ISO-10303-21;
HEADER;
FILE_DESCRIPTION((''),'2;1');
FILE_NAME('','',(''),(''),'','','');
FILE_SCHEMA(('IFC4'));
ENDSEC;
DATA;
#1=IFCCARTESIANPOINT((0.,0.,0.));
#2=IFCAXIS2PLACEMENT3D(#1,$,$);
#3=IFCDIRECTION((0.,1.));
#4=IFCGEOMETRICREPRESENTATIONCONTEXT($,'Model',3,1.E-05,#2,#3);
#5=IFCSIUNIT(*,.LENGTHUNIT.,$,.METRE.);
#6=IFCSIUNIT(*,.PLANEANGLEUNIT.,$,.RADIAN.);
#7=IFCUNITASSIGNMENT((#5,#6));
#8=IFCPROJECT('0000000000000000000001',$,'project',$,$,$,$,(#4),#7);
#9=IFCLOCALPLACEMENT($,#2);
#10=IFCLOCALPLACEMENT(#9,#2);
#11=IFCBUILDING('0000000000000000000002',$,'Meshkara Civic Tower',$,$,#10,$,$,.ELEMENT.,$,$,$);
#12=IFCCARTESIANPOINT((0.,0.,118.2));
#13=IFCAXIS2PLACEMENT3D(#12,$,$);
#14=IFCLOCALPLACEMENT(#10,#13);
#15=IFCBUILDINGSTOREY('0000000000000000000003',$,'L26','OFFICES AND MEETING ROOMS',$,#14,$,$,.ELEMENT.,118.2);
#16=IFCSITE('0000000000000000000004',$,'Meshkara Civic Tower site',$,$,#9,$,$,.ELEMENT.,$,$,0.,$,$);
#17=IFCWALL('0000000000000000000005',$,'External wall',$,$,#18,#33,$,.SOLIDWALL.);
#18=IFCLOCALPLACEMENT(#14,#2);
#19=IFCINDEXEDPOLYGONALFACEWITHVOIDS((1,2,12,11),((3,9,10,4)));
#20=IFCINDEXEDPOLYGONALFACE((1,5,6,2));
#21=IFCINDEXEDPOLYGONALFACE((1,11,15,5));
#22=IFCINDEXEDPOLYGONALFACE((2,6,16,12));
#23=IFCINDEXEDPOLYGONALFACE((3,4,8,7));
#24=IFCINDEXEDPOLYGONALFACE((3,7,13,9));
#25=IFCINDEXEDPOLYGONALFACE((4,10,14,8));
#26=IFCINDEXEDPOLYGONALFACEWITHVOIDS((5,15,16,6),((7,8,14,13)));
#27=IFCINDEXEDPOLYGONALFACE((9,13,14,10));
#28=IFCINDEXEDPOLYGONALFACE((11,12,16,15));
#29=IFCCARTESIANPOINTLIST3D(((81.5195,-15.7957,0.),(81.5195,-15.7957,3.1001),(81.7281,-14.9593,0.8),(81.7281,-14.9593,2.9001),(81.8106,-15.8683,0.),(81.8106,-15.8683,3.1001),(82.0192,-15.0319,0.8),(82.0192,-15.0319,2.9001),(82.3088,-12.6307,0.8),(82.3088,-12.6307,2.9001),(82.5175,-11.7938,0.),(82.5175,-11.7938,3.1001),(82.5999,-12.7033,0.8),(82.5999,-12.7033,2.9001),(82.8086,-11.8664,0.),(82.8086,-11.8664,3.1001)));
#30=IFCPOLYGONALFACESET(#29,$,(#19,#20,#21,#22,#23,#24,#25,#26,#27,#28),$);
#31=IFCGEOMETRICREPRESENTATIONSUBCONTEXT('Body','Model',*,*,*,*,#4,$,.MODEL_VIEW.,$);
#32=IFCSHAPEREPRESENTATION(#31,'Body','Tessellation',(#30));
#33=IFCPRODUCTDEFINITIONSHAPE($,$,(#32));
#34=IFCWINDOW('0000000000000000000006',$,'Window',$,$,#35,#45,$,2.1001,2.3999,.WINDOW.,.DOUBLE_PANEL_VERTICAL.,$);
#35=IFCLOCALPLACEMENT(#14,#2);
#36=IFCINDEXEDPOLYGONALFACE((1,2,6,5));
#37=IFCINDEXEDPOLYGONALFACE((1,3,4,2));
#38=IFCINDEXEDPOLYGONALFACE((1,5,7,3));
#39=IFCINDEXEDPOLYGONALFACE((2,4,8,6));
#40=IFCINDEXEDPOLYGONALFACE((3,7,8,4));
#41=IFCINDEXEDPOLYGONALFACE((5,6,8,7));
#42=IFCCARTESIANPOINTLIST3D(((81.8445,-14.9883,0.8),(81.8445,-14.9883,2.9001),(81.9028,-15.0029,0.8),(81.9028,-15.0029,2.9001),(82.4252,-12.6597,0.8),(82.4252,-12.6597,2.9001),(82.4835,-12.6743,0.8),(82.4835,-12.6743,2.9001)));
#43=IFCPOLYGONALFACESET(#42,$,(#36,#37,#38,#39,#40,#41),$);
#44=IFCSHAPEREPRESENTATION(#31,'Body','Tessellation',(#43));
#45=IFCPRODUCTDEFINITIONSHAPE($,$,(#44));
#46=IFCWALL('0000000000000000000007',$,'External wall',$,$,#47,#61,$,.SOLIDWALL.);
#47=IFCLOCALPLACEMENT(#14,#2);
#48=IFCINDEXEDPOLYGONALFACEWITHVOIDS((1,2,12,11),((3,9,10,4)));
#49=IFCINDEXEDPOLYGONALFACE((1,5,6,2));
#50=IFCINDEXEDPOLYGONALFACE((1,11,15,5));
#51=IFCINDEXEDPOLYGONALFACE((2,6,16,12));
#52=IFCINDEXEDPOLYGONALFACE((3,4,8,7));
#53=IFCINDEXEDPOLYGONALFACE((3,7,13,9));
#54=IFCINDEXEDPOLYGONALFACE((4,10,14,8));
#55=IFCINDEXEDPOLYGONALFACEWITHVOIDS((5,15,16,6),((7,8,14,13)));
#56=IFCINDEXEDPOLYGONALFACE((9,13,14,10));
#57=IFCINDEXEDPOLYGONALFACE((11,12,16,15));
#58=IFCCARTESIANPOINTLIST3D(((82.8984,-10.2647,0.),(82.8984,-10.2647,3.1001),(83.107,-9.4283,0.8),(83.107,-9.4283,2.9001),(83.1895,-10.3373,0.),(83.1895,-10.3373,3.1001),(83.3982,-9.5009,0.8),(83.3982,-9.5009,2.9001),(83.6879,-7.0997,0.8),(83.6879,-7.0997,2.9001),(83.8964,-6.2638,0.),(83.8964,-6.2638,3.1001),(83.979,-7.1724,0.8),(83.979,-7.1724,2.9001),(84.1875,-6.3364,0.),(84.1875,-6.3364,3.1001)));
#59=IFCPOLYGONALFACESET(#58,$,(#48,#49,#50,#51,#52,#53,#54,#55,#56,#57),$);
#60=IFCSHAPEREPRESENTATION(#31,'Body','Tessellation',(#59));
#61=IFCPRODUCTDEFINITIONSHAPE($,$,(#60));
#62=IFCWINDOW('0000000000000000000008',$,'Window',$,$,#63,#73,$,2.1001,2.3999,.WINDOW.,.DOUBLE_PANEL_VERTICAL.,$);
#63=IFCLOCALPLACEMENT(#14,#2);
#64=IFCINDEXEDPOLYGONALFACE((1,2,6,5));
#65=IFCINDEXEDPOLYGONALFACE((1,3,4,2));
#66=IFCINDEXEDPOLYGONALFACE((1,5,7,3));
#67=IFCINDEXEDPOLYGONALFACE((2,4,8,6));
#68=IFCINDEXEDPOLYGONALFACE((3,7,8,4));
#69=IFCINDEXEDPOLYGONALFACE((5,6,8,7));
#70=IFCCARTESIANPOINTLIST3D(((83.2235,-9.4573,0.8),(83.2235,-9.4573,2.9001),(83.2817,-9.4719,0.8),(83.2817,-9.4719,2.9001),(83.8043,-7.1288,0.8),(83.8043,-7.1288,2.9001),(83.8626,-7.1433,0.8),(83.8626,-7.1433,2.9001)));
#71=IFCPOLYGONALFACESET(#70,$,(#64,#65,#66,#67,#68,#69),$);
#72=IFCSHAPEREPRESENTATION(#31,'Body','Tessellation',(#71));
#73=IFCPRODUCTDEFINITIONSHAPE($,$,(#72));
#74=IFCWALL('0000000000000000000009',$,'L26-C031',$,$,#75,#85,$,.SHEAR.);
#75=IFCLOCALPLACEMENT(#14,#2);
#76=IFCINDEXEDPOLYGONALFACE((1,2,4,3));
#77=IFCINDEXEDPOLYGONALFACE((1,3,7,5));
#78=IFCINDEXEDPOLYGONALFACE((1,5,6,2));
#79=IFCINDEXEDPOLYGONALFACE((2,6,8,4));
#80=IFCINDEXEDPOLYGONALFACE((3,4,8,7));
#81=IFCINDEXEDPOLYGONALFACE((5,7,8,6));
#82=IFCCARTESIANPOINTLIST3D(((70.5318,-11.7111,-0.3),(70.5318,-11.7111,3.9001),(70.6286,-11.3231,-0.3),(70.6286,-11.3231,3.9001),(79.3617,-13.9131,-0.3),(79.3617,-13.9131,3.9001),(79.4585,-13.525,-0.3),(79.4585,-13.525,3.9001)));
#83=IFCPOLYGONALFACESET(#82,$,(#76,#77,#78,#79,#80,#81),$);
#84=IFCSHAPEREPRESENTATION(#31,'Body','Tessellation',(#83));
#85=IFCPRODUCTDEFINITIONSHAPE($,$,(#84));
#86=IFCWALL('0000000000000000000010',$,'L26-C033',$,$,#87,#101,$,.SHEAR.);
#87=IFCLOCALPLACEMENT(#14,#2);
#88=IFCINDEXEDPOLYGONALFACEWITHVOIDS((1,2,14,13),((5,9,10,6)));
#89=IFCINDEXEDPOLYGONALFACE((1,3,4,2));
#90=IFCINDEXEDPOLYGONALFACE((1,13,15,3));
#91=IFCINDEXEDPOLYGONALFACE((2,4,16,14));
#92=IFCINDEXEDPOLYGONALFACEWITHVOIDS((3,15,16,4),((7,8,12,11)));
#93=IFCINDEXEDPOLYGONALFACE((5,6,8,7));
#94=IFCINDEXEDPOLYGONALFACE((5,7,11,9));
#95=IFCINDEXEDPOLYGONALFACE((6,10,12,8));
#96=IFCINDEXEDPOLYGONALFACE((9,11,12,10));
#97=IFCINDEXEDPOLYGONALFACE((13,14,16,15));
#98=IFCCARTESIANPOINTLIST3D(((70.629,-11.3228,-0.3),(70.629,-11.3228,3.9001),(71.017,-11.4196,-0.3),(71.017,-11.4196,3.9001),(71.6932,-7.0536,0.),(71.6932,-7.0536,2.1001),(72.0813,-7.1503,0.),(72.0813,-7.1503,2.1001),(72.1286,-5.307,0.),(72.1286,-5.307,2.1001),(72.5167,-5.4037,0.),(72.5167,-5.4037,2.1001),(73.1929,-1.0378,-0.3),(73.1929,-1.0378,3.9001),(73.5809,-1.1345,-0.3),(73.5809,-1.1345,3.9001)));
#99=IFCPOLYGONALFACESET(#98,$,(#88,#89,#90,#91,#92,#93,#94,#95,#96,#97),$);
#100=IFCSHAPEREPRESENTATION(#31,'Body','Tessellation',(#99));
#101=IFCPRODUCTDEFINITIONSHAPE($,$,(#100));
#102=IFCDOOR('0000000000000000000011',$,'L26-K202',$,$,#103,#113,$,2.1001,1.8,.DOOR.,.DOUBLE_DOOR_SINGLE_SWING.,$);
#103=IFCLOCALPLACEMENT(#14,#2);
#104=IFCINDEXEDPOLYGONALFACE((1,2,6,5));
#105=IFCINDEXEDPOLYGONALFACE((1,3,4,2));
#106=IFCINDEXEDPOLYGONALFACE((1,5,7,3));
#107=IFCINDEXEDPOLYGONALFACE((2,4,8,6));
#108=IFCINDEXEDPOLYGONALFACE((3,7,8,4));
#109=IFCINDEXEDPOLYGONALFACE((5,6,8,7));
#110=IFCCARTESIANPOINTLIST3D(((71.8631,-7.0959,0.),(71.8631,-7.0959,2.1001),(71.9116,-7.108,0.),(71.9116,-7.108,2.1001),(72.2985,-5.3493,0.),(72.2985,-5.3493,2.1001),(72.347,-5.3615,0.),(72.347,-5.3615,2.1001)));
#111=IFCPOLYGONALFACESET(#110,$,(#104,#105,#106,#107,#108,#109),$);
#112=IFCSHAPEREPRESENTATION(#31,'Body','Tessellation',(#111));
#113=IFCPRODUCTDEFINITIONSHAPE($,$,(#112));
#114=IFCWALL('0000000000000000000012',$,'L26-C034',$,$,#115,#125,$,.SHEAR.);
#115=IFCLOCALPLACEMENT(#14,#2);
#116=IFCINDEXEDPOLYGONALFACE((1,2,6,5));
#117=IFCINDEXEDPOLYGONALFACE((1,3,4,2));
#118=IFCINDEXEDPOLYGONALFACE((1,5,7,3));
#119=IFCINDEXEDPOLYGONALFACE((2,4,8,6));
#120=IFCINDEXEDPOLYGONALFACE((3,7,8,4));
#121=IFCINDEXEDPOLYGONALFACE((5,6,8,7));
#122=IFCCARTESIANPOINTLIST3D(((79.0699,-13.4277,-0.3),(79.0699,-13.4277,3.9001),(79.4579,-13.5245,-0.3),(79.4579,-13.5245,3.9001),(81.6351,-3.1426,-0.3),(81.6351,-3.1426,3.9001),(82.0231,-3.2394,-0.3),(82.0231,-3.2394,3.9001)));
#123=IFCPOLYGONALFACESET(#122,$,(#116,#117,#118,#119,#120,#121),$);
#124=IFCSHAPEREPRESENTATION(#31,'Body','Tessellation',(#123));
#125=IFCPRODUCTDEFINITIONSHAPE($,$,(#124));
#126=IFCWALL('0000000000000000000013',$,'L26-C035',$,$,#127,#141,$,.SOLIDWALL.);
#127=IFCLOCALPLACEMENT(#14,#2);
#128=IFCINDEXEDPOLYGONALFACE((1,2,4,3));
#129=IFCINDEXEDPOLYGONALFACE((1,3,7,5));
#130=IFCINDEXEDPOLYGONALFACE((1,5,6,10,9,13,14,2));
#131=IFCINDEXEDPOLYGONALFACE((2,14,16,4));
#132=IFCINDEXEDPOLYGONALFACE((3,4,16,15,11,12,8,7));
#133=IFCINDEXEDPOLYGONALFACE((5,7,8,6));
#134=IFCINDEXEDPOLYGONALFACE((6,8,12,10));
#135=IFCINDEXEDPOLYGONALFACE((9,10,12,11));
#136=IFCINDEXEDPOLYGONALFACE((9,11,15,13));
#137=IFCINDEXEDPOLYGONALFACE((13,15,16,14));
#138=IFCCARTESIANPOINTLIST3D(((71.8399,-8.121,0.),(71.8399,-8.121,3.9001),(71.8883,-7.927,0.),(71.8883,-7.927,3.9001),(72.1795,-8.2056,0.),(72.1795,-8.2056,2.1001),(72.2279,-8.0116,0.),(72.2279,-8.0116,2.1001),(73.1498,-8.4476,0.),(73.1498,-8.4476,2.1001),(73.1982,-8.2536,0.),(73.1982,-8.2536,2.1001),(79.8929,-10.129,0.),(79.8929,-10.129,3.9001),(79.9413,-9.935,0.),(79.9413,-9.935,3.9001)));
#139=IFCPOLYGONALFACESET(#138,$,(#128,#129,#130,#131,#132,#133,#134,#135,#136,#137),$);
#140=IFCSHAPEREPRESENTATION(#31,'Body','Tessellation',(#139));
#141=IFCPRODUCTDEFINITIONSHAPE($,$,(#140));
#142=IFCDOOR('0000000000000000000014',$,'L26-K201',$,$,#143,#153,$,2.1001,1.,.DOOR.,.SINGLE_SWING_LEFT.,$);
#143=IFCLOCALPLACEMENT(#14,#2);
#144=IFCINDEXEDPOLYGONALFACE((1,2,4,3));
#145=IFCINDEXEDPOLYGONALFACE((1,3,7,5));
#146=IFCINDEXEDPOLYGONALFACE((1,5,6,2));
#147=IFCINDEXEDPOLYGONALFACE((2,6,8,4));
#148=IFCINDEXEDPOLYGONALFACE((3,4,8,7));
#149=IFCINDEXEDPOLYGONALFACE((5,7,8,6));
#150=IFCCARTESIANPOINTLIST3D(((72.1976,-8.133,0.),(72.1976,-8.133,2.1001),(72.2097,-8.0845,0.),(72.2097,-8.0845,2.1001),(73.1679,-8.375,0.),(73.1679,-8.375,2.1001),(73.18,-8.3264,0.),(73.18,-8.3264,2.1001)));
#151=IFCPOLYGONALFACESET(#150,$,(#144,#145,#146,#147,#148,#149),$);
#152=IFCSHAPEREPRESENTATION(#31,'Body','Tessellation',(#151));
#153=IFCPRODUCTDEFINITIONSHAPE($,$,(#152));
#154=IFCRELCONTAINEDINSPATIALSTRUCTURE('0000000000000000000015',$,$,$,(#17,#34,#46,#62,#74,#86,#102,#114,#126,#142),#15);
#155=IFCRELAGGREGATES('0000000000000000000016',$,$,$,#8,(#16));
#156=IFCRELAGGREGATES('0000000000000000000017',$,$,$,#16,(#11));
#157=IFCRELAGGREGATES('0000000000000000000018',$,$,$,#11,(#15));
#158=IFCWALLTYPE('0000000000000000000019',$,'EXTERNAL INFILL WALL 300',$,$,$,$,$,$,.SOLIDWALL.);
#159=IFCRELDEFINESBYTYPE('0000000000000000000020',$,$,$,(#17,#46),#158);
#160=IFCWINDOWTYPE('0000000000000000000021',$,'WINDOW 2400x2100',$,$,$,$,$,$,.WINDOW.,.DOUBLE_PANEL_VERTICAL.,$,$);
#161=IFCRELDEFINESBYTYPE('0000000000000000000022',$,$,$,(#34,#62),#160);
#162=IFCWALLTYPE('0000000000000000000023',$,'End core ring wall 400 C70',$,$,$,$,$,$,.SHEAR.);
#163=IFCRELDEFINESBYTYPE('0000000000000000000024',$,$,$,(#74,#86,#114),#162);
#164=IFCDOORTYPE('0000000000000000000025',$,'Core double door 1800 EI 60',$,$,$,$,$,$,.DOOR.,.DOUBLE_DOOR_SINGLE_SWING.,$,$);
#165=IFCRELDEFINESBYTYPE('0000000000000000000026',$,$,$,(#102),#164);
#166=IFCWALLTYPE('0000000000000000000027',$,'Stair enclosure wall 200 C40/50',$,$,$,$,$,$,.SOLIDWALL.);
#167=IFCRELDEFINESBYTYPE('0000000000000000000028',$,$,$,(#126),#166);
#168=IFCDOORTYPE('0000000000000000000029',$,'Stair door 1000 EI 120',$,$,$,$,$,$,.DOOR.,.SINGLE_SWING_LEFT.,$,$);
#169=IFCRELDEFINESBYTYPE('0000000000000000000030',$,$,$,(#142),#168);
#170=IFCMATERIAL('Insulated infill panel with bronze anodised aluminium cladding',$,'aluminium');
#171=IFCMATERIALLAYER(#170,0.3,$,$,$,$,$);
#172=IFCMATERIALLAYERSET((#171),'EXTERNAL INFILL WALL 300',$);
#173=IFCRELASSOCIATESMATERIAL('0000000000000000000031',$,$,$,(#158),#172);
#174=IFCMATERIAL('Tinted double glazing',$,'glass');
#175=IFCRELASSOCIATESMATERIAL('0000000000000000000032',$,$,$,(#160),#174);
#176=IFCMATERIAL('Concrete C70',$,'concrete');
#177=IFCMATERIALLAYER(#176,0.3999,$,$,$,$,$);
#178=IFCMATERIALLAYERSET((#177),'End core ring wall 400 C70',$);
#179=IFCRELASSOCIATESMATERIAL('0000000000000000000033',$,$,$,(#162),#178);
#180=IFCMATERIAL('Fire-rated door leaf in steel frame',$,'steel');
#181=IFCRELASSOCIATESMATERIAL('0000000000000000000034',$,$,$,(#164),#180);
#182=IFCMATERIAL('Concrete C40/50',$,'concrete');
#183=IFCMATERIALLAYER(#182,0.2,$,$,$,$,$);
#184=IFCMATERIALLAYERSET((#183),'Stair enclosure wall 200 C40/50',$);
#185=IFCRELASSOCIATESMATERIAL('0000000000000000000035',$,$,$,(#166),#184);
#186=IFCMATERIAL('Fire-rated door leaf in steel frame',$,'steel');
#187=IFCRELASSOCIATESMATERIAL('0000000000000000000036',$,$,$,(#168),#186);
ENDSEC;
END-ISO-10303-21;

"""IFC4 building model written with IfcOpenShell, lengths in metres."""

from ifc_helpers import new_model, si_unit, direction, frame, frame_2d, origin, place, context, subcontext, project, spatial, rectangle, extrude, material, layer, layer_set, type_object, element, fill, save


model = new_model("IFC4")

# Units and contexts
model_context = context("Model", 3, precision=1e-05, world=origin(), true_north=direction((0.0, 1.0)))
body_context = subcontext(model_context, "Body", "Model", "MODEL_VIEW")
ifc_project = project(units=[si_unit("LENGTHUNIT", "METRE"), si_unit("PLANEANGLEUNIT", "RADIAN")], contexts=[model_context])

# Site, building, storey
site_placement = place(None, origin())
site = spatial("IfcSite", under=ifc_project, at=site_placement, Name="Meshkara Civic Tower site", CompositionType="ELEMENT", RefElevation=0.0)
building_placement = place(site_placement, origin())
building = spatial("IfcBuilding", under=site, at=building_placement, Name="Meshkara Civic Tower", CompositionType="ELEMENT")
storey_placement = place(building_placement, frame((0.0, 0.0, 118.2)))
storey = spatial("IfcBuildingStorey", under=building, at=storey_placement, Name="L26", Description="OFFICES AND MEETING ROOMS", CompositionType="ELEMENT", Elevation=118.2)

# Walls, openings, windows
ifc_material_1 = material(Name="Insulated infill panel with bronze anodised aluminium cladding", Category="aluminium")
ifc_layer_1 = layer(ifc_material_1, 0.3)
ifc_layer_set_1 = layer_set([ifc_layer_1], Name="EXTERNAL INFILL WALL 300")
wall_type_1 = type_object("IfcWallType", Name="EXTERNAL INFILL WALL 300", PredefinedType="SOLIDWALL", material=ifc_layer_set_1)
ifc_material_2 = material(Name="Tinted double glazing", Category="glass")
window_type_1 = type_object("IfcWindowType", Name="WINDOW 2400x2100", PartitioningType="DOUBLE_PANEL_VERTICAL", PredefinedType="WINDOW", material=ifc_material_2)
wall_1_placement = place(storey_placement, frame((81.665, -15.832, 0.0), z_axis=(0.0, 0.0, 1.0), x_axis=(0.241978, 0.970282, 0.0)))
wall_1 = element("IfcWall", 1, at=wall_1_placement, inside=storey, type_object=wall_type_1, Name="External wall", PredefinedType="SOLIDWALL", context=body_context, shape_type="SweptSolid", body=[
    extrude(rectangle(XDim=4.1245, YDim=0.3, at=frame_2d((2.0623, 0.0))), origin(), (0.0, 0.0, 1.0), 3.1001),
])
opening_1_placement = place(wall_1_placement, frame((0.8621, 0.0, 0.8)))
opening_1 = element("IfcOpeningElement", 2, at=opening_1_placement, cuts=wall_1, PredefinedType="OPENING", context=body_context, shape_type="SweptSolid", body=[
    extrude(rectangle(XDim=2.3999, YDim=2.1001, at=frame_2d((1.2, 1.05))), frame((0.0, 0.1599, 0.0), z_axis=(0.0, -1.0, 0.0), x_axis=(1.0, 0.0, 0.0)), (0.0, 0.0, 1.0), 0.3201),
])
window_1_placement = place(opening_1_placement, origin())
window_1 = element("IfcWindow", 3, at=window_1_placement, inside=storey, type_object=window_type_1, Name="Window", OverallHeight=2.1001, OverallWidth=2.3999, PartitioningType="DOUBLE_PANEL_VERTICAL", PredefinedType="WINDOW", context=body_context, shape_type="SweptSolid", body=[
    extrude(rectangle(XDim=2.3999, YDim=2.1001, at=frame_2d((1.2, 1.05))), frame((0.0, 0.03, 0.0), z_axis=(0.0, -1.0, 0.0), x_axis=(1.0, 0.0, 0.0)), (0.0, 0.0, 1.0), 0.0601),
])
fill(opening_1, window_1)
wall_2_placement = place(storey_placement, frame((83.0439, -10.301, 0.0), z_axis=(0.0, 0.0, 1.0), x_axis=(0.242034, 0.970268, 0.0)))
wall_2 = element("IfcWall", 4, at=wall_2_placement, inside=storey, type_object=wall_type_1, Name="External wall", PredefinedType="SOLIDWALL", context=body_context, shape_type="SweptSolid", body=[
    extrude(rectangle(XDim=4.1235, YDim=0.3, at=frame_2d((2.0618, 0.0))), origin(), (0.0, 0.0, 1.0), 3.1001),
])
opening_2_placement = place(wall_2_placement, frame((0.8621, 0.0, 0.8)))
opening_2 = element("IfcOpeningElement", 5, at=opening_2_placement, cuts=wall_2, PredefinedType="OPENING", context=body_context, shape_type="SweptSolid", body=[
    extrude(rectangle(XDim=2.3999, YDim=2.1001, at=frame_2d((1.2, 1.05))), frame((0.0, 0.1599, 0.0), z_axis=(0.0, -1.0, 0.0), x_axis=(1.0, 0.0, 0.0)), (0.0, 0.0, 1.0), 0.3201),
])
window_2_placement = place(opening_2_placement, origin())
window_2 = element("IfcWindow", 6, at=window_2_placement, inside=storey, type_object=window_type_1, Name="Window", OverallHeight=2.1001, OverallWidth=2.3999, PartitioningType="DOUBLE_PANEL_VERTICAL", PredefinedType="WINDOW", context=body_context, shape_type="SweptSolid", body=[
    extrude(rectangle(XDim=2.3999, YDim=2.1001, at=frame_2d((1.2, 1.05))), frame((0.0, 0.03, 0.0), z_axis=(0.0, -1.0, 0.0), x_axis=(1.0, 0.0, 0.0)), (0.0, 0.0, 1.0), 0.0601),
])
fill(opening_2, window_2)

# Wall
ifc_material_3 = material(Name="Concrete C70", Category="concrete")
ifc_layer_2 = layer(ifc_material_3, 0.3999)
ifc_layer_set_2 = layer_set([ifc_layer_2], Name="End core ring wall 400 C70")
wall_type_2 = type_object("IfcWallType", Name="End core ring wall 400 C70", PredefinedType="SHEAR", material=ifc_layer_set_2)
wall_3_placement = place(storey_placement, frame((70.5801, -11.5171, -0.3), z_axis=(0.0, 0.0, 1.0), x_axis=(0.970286, -0.241961, 0.0)))
element("IfcWall", 7, at=wall_3_placement, inside=storey, type_object=wall_type_2, Name="L26-C031", PredefinedType="SHEAR", context=body_context, shape_type="SweptSolid", body=[
    extrude(rectangle(XDim=9.1003, YDim=0.3999, at=frame_2d((4.5503, 0.0))), origin(), (0.0, 0.0, 1.0), 4.2002),
])

# Wall, opening, door
wall_4_placement = place(storey_placement, frame((70.823, -11.3711, -0.3), z_axis=(0.0, 0.0, 1.0), x_axis=(0.241885, 0.970305, 0.0)))
wall_4 = element("IfcWall", 8, at=wall_4_placement, inside=storey, type_object=wall_type_2, Name="L26-C033", PredefinedType="SHEAR", context=body_context, shape_type="SweptSolid", body=[
    extrude(rectangle(XDim=10.5999, YDim=0.3999, at=frame_2d((5.2998, 0.0))), origin(), (0.0, 0.0, 1.0), 4.2002),
])
opening_3_placement = place(wall_4_placement, frame((4.3999, 0.0, 0.3)))
opening_3 = element("IfcOpeningElement", 9, at=opening_3_placement, cuts=wall_4, PredefinedType="OPENING", context=body_context, shape_type="SweptSolid", body=[
    extrude(rectangle(XDim=1.8, YDim=2.1001, at=frame_2d((0.8999, 1.05))), frame((0.0, 0.21, 0.0), z_axis=(0.0, -1.0, 0.0), x_axis=(1.0, 0.0, 0.0)), (0.0, 0.0, 1.0), 0.4199),
])
ifc_material_4 = material(Name="Fire-rated door leaf in steel frame", Category="steel")
door_type_1 = type_object("IfcDoorType", Name="Core double door 1800 EI 60", OperationType="DOUBLE_DOOR_SINGLE_SWING", PredefinedType="DOOR", material=ifc_material_4)
door_1_placement = place(opening_3_placement, origin())
door_1 = element("IfcDoor", 10, at=door_1_placement, inside=storey, type_object=door_type_1, Name="L26-K202", OperationType="DOUBLE_DOOR_SINGLE_SWING", OverallHeight=2.1001, OverallWidth=1.8, PredefinedType="DOOR", context=body_context, shape_type="SweptSolid", body=[
    extrude(rectangle(XDim=1.8, YDim=2.1001, at=frame_2d((0.8999, 1.05))), frame((0.0, 0.0249, 0.0), z_axis=(0.0, -1.0, 0.0), x_axis=(1.0, 0.0, 0.0)), (0.0, 0.0, 1.0), 0.05),
])
fill(opening_3, door_1)

# Wall
wall_5_placement = place(storey_placement, frame((79.2639, -13.4761, -0.3), z_axis=(0.0, 0.0, 1.0), x_axis=(0.241994, 0.970278, 0.0)))
element("IfcWall", 11, at=wall_5_placement, inside=storey, type_object=wall_type_2, Name="L26-C034", PredefinedType="SHEAR", context=body_context, shape_type="SweptSolid", body=[
    extrude(rectangle(XDim=10.6001, YDim=0.3999, at=frame_2d((5.3, 0.0))), origin(), (0.0, 0.0, 1.0), 4.2002),
])

# Wall, opening, door
ifc_material_5 = material(Name="Concrete C40/50", Category="concrete")
ifc_layer_3 = layer(ifc_material_5, 0.2)
ifc_layer_set_3 = layer_set([ifc_layer_3], Name="Stair enclosure wall 200 C40/50")
wall_type_3 = type_object("IfcWallType", Name="Stair enclosure wall 200 C40/50", PredefinedType="SOLIDWALL", material=ifc_layer_set_3)
wall_6_placement = place(storey_placement, frame((71.864, -8.0239, 0.0), z_axis=(0.0, 0.0, 1.0), x_axis=(0.970289, -0.241947, 0.0)))
wall_6 = element("IfcWall", 12, at=wall_6_placement, inside=storey, type_object=wall_type_3, Name="L26-C035", PredefinedType="SOLIDWALL", context=body_context, shape_type="SweptSolid", body=[
    extrude(rectangle(XDim=8.2996, YDim=0.2, at=frame_2d((4.1499, 0.0))), origin(), (0.0, 0.0, 1.0), 3.9001),
])
opening_4_placement = place(wall_6_placement, frame((0.3501, 0.0, 0.0)))
opening_4 = element("IfcOpeningElement", 13, at=opening_4_placement, cuts=wall_6, PredefinedType="OPENING", context=body_context, shape_type="SweptSolid", body=[
    extrude(rectangle(XDim=1.0, YDim=2.1001, at=frame_2d((0.5, 1.05))), frame((0.0, 0.1099, 0.0), z_axis=(0.0, -1.0, 0.0), x_axis=(1.0, 0.0, 0.0)), (0.0, 0.0, 1.0), 0.22),
])
ifc_material_6 = material(Name="Fire-rated door leaf in steel frame", Category="steel")
door_type_2 = type_object("IfcDoorType", Name="Stair door 1000 EI 120", OperationType="SINGLE_SWING_LEFT", PredefinedType="DOOR", material=ifc_material_6)
door_2_placement = place(opening_4_placement, origin())
door_2 = element("IfcDoor", 14, at=door_2_placement, inside=storey, type_object=door_type_2, Name="L26-K201", OperationType="SINGLE_SWING_LEFT", OverallHeight=2.1001, OverallWidth=1.0, PredefinedType="DOOR", context=body_context, shape_type="SweptSolid", body=[
    extrude(rectangle(XDim=1.0, YDim=2.1001, at=frame_2d((0.5, 1.05))), frame((0.0, 0.0249, 0.0), z_axis=(0.0, -1.0, 0.0), x_axis=(1.0, 0.0, 0.0)), (0.0, 0.0, 1.0), 0.05),
])
fill(opening_4, door_2)

save(model, "model.ifc")
